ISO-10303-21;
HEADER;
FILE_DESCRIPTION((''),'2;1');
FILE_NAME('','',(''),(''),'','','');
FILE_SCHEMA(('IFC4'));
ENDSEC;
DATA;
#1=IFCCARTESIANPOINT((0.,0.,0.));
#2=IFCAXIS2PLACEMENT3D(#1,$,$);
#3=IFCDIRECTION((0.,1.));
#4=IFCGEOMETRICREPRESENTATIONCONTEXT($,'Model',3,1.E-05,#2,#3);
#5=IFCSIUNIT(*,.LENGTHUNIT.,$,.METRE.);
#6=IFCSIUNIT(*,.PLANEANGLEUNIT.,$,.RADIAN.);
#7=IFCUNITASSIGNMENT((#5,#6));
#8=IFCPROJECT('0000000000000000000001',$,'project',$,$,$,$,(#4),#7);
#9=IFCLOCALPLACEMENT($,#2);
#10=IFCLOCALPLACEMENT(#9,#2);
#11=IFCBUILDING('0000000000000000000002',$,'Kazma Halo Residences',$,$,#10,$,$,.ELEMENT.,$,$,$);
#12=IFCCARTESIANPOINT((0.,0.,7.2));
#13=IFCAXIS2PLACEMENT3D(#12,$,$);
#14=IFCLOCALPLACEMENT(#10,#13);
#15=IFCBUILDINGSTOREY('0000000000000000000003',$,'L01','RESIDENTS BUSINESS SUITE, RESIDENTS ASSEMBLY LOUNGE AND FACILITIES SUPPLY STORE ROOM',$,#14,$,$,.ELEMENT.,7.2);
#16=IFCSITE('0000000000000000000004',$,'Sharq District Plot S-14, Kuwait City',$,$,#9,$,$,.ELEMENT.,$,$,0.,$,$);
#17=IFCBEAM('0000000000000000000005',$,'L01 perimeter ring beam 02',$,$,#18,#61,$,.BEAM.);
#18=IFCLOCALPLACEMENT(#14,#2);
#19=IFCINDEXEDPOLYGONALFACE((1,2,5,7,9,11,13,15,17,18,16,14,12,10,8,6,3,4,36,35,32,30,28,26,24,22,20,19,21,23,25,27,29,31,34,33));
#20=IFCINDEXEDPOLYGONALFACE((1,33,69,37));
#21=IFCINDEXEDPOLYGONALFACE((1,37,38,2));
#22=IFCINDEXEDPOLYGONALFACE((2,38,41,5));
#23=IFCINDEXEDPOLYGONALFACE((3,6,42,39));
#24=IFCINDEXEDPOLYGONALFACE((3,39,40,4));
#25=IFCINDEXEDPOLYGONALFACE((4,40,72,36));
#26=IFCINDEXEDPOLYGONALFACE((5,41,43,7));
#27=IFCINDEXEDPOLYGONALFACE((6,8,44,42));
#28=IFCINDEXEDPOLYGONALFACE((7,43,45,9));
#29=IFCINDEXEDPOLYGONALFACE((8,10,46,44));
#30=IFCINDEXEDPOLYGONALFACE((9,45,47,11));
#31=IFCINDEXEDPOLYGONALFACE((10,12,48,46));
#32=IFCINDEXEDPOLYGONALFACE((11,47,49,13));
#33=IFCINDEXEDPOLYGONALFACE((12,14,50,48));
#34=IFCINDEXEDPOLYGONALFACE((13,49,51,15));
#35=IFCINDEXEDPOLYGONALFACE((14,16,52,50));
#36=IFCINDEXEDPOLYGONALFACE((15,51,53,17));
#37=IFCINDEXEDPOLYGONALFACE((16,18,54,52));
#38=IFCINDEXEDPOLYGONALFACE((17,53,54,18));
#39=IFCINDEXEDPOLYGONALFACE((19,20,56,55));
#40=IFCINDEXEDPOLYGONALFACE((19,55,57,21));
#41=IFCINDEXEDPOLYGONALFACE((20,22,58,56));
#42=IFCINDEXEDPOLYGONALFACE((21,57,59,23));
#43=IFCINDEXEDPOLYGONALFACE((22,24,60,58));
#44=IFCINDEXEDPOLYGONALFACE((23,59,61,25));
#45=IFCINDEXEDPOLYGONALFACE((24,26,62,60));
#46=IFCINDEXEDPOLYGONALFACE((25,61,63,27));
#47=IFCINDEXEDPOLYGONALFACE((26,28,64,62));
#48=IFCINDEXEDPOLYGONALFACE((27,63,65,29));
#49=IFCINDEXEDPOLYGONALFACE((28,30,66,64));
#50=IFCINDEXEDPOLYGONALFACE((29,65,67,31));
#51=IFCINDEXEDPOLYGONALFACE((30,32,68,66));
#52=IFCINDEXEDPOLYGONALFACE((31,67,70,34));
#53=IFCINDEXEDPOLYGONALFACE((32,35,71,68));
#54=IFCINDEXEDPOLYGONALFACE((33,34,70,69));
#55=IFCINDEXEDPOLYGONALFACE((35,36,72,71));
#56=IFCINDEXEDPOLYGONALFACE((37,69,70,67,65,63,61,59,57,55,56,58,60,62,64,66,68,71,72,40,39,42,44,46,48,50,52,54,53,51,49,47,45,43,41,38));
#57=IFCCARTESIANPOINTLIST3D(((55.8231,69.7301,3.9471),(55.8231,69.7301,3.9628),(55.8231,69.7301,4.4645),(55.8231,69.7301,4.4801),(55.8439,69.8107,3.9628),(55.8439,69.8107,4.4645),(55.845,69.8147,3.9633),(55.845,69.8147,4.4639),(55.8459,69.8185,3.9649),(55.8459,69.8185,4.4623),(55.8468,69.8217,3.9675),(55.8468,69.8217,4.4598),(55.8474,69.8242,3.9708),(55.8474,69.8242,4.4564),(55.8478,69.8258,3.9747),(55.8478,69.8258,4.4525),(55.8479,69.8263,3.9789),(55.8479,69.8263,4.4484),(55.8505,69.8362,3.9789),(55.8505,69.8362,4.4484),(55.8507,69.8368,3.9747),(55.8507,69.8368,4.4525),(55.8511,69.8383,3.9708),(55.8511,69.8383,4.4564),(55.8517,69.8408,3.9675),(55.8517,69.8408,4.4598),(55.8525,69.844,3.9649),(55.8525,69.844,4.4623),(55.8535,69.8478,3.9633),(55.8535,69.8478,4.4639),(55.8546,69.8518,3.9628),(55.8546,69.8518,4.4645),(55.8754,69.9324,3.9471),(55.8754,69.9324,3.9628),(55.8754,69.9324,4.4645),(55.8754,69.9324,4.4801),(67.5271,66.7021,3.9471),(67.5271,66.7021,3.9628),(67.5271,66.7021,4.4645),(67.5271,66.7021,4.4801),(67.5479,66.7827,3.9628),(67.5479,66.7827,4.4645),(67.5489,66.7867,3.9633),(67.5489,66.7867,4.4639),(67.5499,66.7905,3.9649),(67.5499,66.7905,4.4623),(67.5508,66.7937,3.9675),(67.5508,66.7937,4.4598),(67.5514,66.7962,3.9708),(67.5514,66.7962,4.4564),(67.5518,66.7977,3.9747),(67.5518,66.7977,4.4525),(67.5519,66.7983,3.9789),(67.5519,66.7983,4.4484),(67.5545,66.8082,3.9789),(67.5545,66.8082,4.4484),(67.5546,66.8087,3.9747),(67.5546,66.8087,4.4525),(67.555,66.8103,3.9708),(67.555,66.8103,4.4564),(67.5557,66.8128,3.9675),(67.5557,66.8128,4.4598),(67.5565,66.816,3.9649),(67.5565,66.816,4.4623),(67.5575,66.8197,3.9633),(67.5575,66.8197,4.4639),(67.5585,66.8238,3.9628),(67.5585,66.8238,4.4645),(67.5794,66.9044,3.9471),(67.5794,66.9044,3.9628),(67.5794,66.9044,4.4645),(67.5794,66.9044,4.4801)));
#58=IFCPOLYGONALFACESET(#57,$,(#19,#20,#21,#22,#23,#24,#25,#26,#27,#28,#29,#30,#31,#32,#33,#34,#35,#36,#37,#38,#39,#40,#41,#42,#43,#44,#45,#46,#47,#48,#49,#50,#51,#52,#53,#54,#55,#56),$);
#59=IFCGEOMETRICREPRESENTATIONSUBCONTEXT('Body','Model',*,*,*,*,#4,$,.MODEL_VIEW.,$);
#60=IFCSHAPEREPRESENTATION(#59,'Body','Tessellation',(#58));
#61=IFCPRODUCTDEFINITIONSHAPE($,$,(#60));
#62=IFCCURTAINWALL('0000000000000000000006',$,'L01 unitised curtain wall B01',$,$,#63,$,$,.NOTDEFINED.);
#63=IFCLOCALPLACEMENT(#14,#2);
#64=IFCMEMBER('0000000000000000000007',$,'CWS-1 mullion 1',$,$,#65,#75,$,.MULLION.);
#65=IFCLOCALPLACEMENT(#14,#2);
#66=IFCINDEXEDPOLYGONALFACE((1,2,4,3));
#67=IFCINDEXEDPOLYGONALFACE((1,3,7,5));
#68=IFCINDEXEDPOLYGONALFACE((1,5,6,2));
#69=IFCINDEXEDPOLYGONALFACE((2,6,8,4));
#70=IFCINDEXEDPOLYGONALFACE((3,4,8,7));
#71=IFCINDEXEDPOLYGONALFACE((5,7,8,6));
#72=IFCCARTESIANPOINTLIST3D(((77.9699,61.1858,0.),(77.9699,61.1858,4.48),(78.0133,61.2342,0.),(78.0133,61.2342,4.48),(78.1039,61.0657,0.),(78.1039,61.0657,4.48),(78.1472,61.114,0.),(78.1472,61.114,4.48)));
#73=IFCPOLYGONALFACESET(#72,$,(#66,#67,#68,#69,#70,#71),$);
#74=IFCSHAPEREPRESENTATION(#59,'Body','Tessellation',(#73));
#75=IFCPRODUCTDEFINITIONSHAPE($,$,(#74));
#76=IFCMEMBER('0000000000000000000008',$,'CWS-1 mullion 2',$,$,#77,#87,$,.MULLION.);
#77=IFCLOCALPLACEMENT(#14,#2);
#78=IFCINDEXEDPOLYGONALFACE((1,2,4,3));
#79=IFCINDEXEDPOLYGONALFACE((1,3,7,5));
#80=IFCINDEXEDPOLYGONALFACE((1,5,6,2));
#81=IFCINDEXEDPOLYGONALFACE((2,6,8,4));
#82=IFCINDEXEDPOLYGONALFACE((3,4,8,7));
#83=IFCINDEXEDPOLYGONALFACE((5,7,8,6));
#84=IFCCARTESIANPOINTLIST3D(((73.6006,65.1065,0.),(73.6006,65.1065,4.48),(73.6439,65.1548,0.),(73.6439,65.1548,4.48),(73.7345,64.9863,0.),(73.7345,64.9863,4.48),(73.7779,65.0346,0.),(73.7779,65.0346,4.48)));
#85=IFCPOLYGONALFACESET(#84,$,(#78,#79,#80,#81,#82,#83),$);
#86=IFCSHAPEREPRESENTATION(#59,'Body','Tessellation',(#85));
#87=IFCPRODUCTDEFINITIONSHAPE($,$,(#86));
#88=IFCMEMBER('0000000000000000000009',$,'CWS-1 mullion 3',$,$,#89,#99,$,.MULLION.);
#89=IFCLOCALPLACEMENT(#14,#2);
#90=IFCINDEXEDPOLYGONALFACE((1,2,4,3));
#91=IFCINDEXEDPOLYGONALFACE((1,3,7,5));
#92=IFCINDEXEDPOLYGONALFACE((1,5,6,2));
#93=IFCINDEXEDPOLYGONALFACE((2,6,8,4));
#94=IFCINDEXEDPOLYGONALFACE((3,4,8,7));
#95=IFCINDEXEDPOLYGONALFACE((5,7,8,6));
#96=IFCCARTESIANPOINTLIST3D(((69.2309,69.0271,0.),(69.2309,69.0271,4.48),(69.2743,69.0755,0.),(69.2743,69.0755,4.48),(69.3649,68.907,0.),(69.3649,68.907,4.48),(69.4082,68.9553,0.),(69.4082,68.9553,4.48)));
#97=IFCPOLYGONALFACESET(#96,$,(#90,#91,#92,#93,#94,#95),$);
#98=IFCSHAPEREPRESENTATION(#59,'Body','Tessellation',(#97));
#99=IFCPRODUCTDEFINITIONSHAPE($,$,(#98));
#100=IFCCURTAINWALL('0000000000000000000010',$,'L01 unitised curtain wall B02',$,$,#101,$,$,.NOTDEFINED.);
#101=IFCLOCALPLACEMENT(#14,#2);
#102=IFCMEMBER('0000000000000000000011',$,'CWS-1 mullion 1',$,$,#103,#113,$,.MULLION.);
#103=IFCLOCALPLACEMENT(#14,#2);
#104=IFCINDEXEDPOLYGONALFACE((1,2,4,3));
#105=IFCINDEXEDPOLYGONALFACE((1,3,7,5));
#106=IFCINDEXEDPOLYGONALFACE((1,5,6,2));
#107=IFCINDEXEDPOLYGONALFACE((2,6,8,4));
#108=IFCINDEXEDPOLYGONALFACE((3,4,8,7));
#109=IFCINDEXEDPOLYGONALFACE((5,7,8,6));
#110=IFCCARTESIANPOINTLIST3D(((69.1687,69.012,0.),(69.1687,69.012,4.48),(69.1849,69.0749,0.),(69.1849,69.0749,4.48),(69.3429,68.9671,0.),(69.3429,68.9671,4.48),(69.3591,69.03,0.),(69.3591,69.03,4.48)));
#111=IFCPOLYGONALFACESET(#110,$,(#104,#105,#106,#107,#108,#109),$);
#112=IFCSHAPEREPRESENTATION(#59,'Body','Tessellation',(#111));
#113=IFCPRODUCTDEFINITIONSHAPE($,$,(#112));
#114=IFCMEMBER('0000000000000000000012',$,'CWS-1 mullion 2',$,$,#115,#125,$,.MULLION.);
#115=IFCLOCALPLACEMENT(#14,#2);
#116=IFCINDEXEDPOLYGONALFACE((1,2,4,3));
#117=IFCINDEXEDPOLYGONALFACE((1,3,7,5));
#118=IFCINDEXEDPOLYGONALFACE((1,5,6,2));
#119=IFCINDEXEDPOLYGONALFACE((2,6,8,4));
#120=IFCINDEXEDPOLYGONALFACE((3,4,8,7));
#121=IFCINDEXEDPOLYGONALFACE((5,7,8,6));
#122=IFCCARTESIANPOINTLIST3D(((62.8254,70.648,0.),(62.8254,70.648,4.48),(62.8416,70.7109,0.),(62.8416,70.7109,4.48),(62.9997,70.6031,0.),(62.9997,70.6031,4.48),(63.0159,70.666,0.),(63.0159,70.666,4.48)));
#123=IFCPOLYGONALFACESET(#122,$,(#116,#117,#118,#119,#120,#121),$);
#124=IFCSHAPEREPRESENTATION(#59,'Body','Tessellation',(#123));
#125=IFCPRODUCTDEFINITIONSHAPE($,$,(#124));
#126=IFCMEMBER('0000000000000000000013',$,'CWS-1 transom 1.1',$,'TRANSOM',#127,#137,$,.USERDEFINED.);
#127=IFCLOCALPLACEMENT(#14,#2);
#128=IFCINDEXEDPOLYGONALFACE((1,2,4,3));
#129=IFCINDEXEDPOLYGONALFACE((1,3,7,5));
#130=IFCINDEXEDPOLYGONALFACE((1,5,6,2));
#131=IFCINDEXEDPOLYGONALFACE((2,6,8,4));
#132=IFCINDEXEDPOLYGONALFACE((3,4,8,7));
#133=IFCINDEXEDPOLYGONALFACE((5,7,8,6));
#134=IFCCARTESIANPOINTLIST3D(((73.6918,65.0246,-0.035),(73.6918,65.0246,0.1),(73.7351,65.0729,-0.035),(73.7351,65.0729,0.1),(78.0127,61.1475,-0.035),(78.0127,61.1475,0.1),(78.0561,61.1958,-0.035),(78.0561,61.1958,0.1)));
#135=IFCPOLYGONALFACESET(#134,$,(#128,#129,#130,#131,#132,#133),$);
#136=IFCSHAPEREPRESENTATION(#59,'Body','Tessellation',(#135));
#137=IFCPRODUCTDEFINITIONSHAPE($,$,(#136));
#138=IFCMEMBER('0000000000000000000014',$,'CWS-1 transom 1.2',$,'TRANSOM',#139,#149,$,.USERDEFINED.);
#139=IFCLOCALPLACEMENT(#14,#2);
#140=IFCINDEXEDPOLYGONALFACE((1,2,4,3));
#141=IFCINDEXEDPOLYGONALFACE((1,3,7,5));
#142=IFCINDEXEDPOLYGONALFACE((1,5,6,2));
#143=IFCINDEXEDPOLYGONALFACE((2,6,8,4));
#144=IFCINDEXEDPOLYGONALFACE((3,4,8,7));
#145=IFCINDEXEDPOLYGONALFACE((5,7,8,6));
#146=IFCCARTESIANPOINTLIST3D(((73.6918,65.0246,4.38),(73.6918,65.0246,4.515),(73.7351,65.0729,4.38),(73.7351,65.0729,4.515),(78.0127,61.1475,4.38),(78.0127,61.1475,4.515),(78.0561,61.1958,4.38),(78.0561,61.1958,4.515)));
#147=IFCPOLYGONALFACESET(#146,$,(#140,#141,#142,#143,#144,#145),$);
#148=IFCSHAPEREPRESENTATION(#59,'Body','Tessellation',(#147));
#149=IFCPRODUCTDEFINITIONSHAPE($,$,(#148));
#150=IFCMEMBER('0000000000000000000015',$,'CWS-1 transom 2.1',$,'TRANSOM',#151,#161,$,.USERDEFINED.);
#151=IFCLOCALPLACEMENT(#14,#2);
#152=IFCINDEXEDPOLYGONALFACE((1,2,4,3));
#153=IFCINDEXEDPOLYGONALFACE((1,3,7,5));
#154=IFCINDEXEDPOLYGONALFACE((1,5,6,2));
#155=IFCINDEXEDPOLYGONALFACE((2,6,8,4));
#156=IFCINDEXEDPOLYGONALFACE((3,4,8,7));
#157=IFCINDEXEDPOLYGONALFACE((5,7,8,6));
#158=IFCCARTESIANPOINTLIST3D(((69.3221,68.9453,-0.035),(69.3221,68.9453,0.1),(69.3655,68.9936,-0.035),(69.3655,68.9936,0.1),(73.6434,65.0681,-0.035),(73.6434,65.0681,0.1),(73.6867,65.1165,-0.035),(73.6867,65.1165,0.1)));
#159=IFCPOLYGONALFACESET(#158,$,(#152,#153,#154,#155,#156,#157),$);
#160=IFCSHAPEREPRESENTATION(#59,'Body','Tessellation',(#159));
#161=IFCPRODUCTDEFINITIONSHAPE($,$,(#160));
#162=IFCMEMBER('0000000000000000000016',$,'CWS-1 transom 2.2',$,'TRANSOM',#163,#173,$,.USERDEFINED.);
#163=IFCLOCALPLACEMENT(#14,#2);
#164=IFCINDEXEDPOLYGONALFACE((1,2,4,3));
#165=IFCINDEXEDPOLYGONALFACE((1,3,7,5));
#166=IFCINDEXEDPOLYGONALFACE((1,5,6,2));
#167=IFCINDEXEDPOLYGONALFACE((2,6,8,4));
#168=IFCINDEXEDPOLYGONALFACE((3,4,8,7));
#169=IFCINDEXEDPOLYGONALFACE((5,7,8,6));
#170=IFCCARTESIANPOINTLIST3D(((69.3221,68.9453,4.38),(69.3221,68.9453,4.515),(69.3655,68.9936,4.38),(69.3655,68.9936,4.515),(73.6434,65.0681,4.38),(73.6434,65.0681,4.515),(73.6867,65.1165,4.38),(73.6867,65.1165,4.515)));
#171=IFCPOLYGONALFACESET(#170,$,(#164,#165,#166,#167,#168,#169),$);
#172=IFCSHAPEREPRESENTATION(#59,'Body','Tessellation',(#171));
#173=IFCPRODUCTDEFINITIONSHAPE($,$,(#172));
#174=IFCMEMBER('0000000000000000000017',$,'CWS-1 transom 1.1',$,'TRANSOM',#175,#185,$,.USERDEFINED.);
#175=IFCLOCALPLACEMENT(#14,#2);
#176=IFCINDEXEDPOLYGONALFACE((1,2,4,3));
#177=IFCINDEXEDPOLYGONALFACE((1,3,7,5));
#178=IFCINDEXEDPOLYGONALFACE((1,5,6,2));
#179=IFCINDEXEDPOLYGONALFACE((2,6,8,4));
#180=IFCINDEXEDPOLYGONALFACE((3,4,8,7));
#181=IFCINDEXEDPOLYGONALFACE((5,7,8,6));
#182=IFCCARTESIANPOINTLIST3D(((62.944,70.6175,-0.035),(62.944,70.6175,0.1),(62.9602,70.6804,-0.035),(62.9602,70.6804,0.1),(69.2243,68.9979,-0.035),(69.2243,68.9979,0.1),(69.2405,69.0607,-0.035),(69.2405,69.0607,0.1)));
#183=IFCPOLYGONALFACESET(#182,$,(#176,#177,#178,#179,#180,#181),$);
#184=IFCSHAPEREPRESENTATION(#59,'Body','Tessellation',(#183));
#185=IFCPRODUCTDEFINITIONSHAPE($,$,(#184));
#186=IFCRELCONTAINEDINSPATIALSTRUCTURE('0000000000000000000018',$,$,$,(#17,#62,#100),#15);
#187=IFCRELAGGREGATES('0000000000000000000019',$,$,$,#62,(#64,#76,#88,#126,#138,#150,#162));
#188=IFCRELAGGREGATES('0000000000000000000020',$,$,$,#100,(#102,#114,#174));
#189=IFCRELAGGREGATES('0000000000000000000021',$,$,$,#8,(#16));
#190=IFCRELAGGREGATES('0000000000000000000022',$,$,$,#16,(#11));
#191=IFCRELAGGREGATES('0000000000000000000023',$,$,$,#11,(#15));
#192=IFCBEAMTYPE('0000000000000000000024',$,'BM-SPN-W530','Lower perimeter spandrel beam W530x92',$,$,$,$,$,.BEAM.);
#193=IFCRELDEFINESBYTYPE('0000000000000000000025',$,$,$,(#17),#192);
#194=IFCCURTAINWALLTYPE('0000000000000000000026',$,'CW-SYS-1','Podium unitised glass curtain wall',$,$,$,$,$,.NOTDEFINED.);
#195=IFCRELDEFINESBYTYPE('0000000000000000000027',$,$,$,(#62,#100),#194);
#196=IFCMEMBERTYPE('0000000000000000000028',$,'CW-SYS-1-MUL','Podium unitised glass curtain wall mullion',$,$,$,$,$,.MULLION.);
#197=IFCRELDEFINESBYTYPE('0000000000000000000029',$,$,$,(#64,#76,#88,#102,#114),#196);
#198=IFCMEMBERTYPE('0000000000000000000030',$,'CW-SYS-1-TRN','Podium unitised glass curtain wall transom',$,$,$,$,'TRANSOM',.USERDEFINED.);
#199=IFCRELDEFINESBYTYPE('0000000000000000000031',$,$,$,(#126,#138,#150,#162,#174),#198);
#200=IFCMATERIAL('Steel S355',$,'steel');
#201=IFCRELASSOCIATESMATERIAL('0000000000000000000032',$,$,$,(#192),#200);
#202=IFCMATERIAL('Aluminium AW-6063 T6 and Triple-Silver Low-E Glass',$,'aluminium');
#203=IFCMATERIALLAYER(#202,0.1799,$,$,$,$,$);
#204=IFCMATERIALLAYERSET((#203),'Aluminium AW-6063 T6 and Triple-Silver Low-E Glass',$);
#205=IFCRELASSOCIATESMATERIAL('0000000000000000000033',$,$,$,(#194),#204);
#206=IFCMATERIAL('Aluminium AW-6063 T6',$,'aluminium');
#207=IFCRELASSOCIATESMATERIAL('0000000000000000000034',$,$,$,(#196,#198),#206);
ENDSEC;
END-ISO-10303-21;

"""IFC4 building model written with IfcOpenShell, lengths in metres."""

from ifc_helpers import new_model, si_unit, direction, frame, origin, origin_2d, place, context, subcontext, project, spatial, rectangle, i_section, extrude, material, layer, layer_set, material_profile, profile_set, type_object, element, aggregate, save


model = new_model("IFC4")

# Units and contexts
model_context = context("Model", 3, precision=1e-05, world=origin(), true_north=direction((0.0, 1.0)))
body_context = subcontext(model_context, "Body", "Model", "MODEL_VIEW")
ifc_project = project(units=[si_unit("LENGTHUNIT", "METRE"), si_unit("PLANEANGLEUNIT", "RADIAN")], contexts=[model_context])

# Site, building, storey
site_placement = place(None, origin())
site = spatial("IfcSite", under=ifc_project, at=site_placement, Name="Sharq District Plot S-14, Kuwait City", CompositionType="ELEMENT", RefElevation=0.0)
building_placement = place(site_placement, origin())
building = spatial("IfcBuilding", under=site, at=building_placement, Name="Kazma Halo Residences", CompositionType="ELEMENT")
storey_placement = place(building_placement, frame((0.0, 0.0, 7.2)))
storey = spatial("IfcBuildingStorey", under=building, at=storey_placement, Name="L01", Description="RESIDENTS BUSINESS SUITE, RESIDENTS ASSEMBLY LOUNGE AND FACILITIES SUPPLY STORE ROOM", CompositionType="ELEMENT", Elevation=7.2)

# Beam
ifc_material_1 = material(Name="Steel S355", Category="steel")
ifc_material_profile_1 = material_profile(ifc_material_1, i_section(OverallWidth=0.209, OverallDepth=0.533, WebThickness=0.0103, FlangeThickness=0.0156, FilletRadius=0.0161, at=origin_2d()), Name="W530x92")
ifc_profile_set_1 = profile_set([ifc_material_profile_1], Name="Steel S355")
beam_type_1 = type_object("IfcBeamType", Name="BM-SPN-W530", Description="Lower perimeter spandrel beam W530x92", PredefinedType="BEAM", material=ifc_profile_set_1)
beam_1_placement = place(storey_placement, frame((67.5532, 66.8032, 4.2136), z_axis=(-0.968124, 0.250472, 0.0), x_axis=(-0.250472, -0.968124, 0.0)))
element("IfcBeam", 1, at=beam_1_placement, inside=storey, type_object=beam_type_1, Name="L01 perimeter ring beam 02", PredefinedType="BEAM", context=body_context, shape_type="SweptSolid", body=[
    extrude(i_section(OverallWidth=0.209, OverallDepth=0.533, WebThickness=0.0103, FlangeThickness=0.0156, FilletRadius=0.0161, at=origin_2d()), origin(), (0.0, 0.0, 1.0), 12.0894),
])

# Curtain walls, members
ifc_material_2 = material(Name="Aluminium AW-6063 T6 and Triple-Silver Low-E Glass", Category="aluminium")
ifc_layer_1 = layer(ifc_material_2, 0.1799)
ifc_layer_set_1 = layer_set([ifc_layer_1], Name="Aluminium AW-6063 T6 and Triple-Silver Low-E Glass")
curtain_wall_type = type_object("IfcCurtainWallType", Name="CW-SYS-1", Description="Podium unitised glass curtain wall", PredefinedType="NOTDEFINED", material=ifc_layer_set_1)
curtain_wall_1_placement = place(storey_placement, origin())
curtain_wall_1 = element("IfcCurtainWall", 2, at=curtain_wall_1_placement, inside=storey, type_object=curtain_wall_type, Name="L01 unitised curtain wall B01", PredefinedType="NOTDEFINED")
ifc_material_3 = material(Name="Aluminium AW-6063 T6", Category="aluminium")
ifc_material_profile_2 = material_profile(ifc_material_3, rectangle(XDim=0.0649, YDim=0.1799, at=origin_2d()), Name="CWM-65x180")
ifc_profile_set_2 = profile_set([ifc_material_profile_2], Name="Aluminium AW-6063 T6")
member_type_1 = type_object("IfcMemberType", Name="CW-SYS-1-MUL", Description="Podium unitised glass curtain wall mullion", PredefinedType="MULLION", material=ifc_profile_set_2)
member_1_placement = place(storey_placement, frame((78.0586, 61.1499, 0.0), z_axis=(0.0, 0.0, 1.0), x_axis=(-0.667848, -0.744298, 0.0)))
member_1 = element("IfcMember", 3, at=member_1_placement, type_object=member_type_1, Name="CWS-1 mullion 1", PredefinedType="MULLION", context=body_context, shape_type="SweptSolid", body=[
    extrude(rectangle(XDim=0.0649, YDim=0.1799, at=origin_2d()), origin(), (0.0, 0.0, 1.0), 4.48),
])
member_2_placement = place(storey_placement, frame((73.6892, 65.0706, 0.0), z_axis=(0.0, 0.0, 1.0), x_axis=(-0.667848, -0.744298, 0.0)))
member_2 = element("IfcMember", 4, at=member_2_placement, type_object=member_type_1, Name="CWS-1 mullion 2", PredefinedType="MULLION", context=body_context, shape_type="SweptSolid", body=[
    extrude(rectangle(XDim=0.0649, YDim=0.1799, at=origin_2d()), origin(), (0.0, 0.0, 1.0), 4.48),
])
member_3_placement = place(storey_placement, frame((69.3196, 68.9912, 0.0), z_axis=(0.0, 0.0, 1.0), x_axis=(-0.667848, -0.744298, 0.0)))
member_3 = element("IfcMember", 5, at=member_3_placement, type_object=member_type_1, Name="CWS-1 mullion 3", PredefinedType="MULLION", context=body_context, shape_type="SweptSolid", body=[
    extrude(rectangle(XDim=0.0649, YDim=0.1799, at=origin_2d()), origin(), (0.0, 0.0, 1.0), 4.48),
])
curtain_wall_2_placement = place(storey_placement, origin())
curtain_wall_2 = element("IfcCurtainWall", 6, at=curtain_wall_2_placement, inside=storey, type_object=curtain_wall_type, Name="L01 unitised curtain wall B02", PredefinedType="NOTDEFINED")
member_4_placement = place(storey_placement, frame((69.2639, 69.021, 0.0), z_axis=(0.0, 0.0, 1.0), x_axis=(-0.249727, -0.968316, 0.0)))
member_4 = element("IfcMember", 7, at=member_4_placement, type_object=member_type_1, Name="CWS-1 mullion 1", PredefinedType="MULLION", context=body_context, shape_type="SweptSolid", body=[
    extrude(rectangle(XDim=0.0649, YDim=0.1799, at=origin_2d()), origin(), (0.0, 0.0, 1.0), 4.48),
])
member_5_placement = place(storey_placement, frame((62.9207, 70.657, 0.0), z_axis=(0.0, 0.0, 1.0), x_axis=(-0.249727, -0.968316, 0.0)))
member_5 = element("IfcMember", 8, at=member_5_placement, type_object=member_type_1, Name="CWS-1 mullion 2", PredefinedType="MULLION", context=body_context, shape_type="SweptSolid", body=[
    extrude(rectangle(XDim=0.0649, YDim=0.1799, at=origin_2d()), origin(), (0.0, 0.0, 1.0), 4.48),
])

# Members
ifc_material_profile_3 = material_profile(ifc_material_3, rectangle(XDim=0.0649, YDim=0.135, at=origin_2d()), Name="CWT-65x135")
ifc_profile_set_3 = profile_set([ifc_material_profile_3], Name="Aluminium AW-6063 T6")
member_type_2 = type_object("IfcMemberType", Name="CW-SYS-1-TRN", Description="Podium unitised glass curtain wall transom", ElementType="TRANSOM", PredefinedType="USERDEFINED", material=ifc_profile_set_3)
member_6_placement = place(storey_placement, frame((78.0344, 61.1716, 0.0325), z_axis=(-0.744299, 0.667846, 0.0), x_axis=(-0.667846, -0.744299, 0.0)))
member_6 = element("IfcMember", 9, at=member_6_placement, type_object=member_type_2, Name="CWS-1 transom 1.1", ObjectType="TRANSOM", PredefinedType="USERDEFINED", context=body_context, shape_type="SweptSolid", body=[
    extrude(rectangle(XDim=0.0649, YDim=0.135, at=origin_2d()), origin(), (0.0, 0.0, 1.0), 5.8054),
])
member_7_placement = place(storey_placement, frame((78.0344, 61.1716, 4.4475), z_axis=(-0.744299, 0.667846, 0.0), x_axis=(-0.667846, -0.744299, 0.0)))
member_7 = element("IfcMember", 10, at=member_7_placement, type_object=member_type_2, Name="CWS-1 transom 1.2", ObjectType="TRANSOM", PredefinedType="USERDEFINED", context=body_context, shape_type="SweptSolid", body=[
    extrude(rectangle(XDim=0.0649, YDim=0.135, at=origin_2d()), origin(), (0.0, 0.0, 1.0), 5.8054),
])
member_8_placement = place(storey_placement, frame((73.665, 65.0923, 0.0325), z_axis=(-0.744318, 0.667826, 0.0), x_axis=(-0.667826, -0.744318, 0.0)))
member_8 = element("IfcMember", 11, at=member_8_placement, type_object=member_type_2, Name="CWS-1 transom 2.1", ObjectType="TRANSOM", PredefinedType="USERDEFINED", context=body_context, shape_type="SweptSolid", body=[
    extrude(rectangle(XDim=0.0649, YDim=0.135, at=origin_2d()), origin(), (0.0, 0.0, 1.0), 5.8057),
])
member_9_placement = place(storey_placement, frame((73.665, 65.0923, 4.4475), z_axis=(-0.744318, 0.667826, 0.0), x_axis=(-0.667826, -0.744318, 0.0)))
member_9 = element("IfcMember", 12, at=member_9_placement, type_object=member_type_2, Name="CWS-1 transom 2.2", ObjectType="TRANSOM", PredefinedType="USERDEFINED", context=body_context, shape_type="SweptSolid", body=[
    extrude(rectangle(XDim=0.0649, YDim=0.135, at=origin_2d()), origin(), (0.0, 0.0, 1.0), 5.8057),
])
member_10_placement = place(storey_placement, frame((69.2324, 69.0293, 0.0325), z_axis=(-0.968318, 0.249721, 0.0), x_axis=(-0.249721, -0.968318, 0.0)))
member_10 = element("IfcMember", 13, at=member_10_placement, type_object=member_type_2, Name="CWS-1 transom 1.1", ObjectType="TRANSOM", PredefinedType="USERDEFINED", context=body_context, shape_type="SweptSolid", body=[
    extrude(rectangle(XDim=0.0649, YDim=0.135, at=origin_2d()), origin(), (0.0, 0.0, 1.0), 6.4858),
])

aggregate(curtain_wall_1, [member_1, member_2, member_3, member_6, member_7, member_8, member_9])
aggregate(curtain_wall_2, [member_4, member_5, member_10])

save(model, "model.ifc")
